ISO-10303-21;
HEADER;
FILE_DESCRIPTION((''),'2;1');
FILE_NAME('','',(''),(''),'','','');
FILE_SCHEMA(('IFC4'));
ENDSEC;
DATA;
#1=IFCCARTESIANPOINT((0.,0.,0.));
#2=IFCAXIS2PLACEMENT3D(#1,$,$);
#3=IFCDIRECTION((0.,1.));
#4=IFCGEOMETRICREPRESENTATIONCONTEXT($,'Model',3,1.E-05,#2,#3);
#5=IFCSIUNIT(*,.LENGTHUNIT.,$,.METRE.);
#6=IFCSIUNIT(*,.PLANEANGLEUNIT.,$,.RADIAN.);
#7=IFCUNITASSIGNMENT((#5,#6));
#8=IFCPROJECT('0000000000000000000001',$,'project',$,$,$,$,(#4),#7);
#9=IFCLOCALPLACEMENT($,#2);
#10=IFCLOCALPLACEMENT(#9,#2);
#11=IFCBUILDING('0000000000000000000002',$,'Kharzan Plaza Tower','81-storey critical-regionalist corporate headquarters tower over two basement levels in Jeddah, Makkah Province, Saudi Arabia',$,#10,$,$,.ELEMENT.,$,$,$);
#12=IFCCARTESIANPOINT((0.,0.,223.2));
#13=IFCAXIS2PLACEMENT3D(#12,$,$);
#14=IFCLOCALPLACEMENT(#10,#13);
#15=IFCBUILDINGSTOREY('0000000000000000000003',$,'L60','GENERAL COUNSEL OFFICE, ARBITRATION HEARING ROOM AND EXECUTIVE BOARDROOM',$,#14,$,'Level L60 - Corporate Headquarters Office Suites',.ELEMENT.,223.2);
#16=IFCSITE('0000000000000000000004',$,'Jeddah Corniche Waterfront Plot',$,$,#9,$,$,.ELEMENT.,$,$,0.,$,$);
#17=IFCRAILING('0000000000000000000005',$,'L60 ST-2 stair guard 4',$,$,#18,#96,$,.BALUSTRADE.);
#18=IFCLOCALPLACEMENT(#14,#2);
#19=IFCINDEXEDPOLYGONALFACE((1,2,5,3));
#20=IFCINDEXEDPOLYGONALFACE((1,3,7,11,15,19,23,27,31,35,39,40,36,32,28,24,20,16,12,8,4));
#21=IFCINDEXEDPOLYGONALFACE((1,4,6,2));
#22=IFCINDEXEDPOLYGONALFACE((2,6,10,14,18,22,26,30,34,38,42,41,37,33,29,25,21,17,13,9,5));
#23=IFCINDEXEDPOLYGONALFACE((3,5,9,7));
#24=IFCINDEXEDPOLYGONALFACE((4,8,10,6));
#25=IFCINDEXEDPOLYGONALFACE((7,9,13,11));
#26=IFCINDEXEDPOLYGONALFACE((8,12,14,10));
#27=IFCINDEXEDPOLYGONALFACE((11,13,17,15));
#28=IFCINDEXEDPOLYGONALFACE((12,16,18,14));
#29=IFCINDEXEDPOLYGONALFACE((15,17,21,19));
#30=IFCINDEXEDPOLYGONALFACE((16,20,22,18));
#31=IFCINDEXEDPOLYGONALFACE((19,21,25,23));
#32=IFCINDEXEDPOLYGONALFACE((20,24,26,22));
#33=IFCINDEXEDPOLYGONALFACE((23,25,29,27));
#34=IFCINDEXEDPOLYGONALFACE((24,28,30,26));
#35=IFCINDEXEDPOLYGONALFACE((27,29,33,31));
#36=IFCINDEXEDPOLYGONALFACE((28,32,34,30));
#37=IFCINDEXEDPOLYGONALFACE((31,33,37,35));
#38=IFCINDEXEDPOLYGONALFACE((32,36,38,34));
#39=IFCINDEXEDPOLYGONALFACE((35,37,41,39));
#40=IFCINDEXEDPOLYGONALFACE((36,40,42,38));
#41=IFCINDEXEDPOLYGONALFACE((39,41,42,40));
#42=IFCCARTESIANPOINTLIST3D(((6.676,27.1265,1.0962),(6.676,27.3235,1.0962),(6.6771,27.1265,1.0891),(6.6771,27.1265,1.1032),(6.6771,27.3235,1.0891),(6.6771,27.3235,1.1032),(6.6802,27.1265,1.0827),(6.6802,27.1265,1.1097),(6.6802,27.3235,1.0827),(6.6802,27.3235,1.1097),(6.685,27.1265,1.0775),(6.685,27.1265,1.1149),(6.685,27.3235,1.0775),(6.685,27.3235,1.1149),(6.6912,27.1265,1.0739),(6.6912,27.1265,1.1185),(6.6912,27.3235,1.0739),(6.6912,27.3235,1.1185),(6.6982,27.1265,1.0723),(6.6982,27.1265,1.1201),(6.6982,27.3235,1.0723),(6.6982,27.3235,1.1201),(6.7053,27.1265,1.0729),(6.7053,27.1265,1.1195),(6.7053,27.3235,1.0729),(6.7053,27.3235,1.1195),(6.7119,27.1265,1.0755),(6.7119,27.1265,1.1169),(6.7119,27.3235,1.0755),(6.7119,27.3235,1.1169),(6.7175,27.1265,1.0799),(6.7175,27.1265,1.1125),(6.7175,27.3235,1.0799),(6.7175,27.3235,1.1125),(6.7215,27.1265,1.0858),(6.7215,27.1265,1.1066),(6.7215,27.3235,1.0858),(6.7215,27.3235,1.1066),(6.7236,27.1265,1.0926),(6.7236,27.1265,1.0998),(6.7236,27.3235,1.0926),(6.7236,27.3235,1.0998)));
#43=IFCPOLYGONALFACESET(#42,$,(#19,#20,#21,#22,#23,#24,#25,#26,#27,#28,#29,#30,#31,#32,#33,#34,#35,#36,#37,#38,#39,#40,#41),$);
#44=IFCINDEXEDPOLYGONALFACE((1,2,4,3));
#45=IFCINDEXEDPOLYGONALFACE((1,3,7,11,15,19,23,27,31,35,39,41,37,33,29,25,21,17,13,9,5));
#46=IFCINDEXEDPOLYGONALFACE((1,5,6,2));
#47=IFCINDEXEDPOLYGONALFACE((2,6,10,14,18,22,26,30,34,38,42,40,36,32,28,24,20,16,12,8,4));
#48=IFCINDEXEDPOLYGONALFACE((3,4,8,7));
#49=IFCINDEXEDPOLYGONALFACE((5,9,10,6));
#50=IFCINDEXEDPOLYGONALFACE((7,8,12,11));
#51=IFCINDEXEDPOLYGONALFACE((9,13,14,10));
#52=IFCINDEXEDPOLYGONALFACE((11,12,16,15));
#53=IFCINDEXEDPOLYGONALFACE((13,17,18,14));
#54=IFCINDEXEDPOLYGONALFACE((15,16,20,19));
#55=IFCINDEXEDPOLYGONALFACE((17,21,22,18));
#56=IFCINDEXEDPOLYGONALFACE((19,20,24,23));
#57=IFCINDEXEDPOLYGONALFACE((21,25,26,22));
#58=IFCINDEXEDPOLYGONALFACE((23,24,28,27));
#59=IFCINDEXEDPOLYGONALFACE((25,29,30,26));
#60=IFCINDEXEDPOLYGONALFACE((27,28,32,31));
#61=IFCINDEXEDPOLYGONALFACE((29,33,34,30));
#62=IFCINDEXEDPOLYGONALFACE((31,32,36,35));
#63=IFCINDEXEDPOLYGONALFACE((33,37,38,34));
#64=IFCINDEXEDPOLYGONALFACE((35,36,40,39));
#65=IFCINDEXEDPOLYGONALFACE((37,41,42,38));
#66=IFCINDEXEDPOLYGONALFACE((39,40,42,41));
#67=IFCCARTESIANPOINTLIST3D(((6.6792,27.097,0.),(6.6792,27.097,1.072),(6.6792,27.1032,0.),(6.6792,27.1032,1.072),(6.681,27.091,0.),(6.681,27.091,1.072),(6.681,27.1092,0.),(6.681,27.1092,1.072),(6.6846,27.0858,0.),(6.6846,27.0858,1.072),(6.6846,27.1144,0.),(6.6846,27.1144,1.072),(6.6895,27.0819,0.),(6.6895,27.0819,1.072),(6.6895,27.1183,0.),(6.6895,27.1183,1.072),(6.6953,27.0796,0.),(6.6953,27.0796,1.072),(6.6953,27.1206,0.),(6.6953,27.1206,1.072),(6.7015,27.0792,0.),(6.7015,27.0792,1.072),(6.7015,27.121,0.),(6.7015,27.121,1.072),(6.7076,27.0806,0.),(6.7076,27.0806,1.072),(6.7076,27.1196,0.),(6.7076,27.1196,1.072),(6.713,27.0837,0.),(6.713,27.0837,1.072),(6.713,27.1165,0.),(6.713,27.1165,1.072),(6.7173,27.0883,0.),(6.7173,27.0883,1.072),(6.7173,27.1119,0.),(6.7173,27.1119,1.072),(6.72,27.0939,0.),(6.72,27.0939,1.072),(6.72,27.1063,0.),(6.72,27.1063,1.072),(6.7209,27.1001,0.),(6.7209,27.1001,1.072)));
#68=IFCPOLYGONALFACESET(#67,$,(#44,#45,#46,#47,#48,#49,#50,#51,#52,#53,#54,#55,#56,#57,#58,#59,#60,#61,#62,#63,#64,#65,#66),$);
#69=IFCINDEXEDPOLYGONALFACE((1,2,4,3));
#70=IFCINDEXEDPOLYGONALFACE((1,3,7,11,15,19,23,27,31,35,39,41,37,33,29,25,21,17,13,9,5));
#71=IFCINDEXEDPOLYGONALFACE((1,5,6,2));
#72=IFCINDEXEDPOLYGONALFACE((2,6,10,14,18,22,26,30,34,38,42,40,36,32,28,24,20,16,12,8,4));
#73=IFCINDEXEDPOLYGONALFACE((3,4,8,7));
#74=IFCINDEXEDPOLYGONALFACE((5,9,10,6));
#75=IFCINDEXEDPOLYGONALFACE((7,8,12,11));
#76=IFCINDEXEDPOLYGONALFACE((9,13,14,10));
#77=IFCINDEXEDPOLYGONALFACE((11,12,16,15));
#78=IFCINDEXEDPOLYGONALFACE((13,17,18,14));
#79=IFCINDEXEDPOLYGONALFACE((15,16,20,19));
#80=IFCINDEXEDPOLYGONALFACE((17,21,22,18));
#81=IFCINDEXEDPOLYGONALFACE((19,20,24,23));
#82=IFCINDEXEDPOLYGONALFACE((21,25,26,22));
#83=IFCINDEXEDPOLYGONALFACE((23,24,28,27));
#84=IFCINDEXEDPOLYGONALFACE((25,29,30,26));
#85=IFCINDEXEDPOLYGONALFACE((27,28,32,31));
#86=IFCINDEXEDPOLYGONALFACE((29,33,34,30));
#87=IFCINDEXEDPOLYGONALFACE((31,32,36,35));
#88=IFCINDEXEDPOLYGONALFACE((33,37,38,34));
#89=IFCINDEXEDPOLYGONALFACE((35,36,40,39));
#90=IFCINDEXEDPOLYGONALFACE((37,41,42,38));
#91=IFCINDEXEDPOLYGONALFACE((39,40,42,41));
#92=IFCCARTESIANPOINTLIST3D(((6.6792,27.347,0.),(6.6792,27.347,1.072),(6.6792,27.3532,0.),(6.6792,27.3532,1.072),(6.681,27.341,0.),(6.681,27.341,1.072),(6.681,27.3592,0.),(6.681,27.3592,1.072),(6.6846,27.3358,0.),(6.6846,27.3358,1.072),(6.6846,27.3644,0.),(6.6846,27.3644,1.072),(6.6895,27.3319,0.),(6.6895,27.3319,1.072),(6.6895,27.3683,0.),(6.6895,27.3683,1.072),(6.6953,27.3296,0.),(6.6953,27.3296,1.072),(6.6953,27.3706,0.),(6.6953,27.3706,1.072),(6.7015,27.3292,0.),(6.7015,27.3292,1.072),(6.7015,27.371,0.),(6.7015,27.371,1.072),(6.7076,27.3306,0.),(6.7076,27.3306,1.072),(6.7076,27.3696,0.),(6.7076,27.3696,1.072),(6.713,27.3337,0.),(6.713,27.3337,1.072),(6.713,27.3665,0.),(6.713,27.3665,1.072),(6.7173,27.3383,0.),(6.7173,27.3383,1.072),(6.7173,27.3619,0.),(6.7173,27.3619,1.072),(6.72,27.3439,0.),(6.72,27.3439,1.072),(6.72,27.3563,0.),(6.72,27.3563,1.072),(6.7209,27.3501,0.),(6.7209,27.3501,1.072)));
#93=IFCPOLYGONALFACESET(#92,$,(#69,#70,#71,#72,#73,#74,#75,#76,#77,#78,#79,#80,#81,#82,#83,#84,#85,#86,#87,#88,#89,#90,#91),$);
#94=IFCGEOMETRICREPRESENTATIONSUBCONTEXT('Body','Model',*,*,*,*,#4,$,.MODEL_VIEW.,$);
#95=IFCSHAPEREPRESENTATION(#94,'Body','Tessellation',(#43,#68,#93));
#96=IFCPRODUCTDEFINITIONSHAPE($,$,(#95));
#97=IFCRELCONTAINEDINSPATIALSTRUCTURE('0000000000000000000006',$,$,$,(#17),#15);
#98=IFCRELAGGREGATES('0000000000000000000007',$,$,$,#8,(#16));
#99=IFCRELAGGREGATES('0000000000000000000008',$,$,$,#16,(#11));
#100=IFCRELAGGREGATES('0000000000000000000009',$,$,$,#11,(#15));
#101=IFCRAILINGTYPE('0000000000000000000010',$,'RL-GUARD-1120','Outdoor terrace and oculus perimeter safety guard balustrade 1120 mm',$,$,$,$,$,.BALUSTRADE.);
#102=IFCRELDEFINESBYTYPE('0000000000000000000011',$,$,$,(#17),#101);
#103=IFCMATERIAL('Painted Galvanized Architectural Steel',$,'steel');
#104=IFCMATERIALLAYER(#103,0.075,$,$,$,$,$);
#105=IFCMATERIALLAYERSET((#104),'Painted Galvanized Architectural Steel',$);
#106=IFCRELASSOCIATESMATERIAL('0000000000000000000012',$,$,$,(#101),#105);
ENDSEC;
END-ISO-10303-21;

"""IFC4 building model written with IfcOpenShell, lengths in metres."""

from ifc_helpers import new_model, si_unit, direction, frame, origin, origin_2d, place, context, subcontext, project, spatial, circle, extrude, source, transform, mapped, material, layer, layer_set, type_object, element, save


model = new_model("IFC4")

# Units and contexts
model_context = context("Model", 3, precision=1e-05, world=origin(), true_north=direction((0.0, 1.0)))
body_context = subcontext(model_context, "Body", "Model", "MODEL_VIEW")
ifc_project = project(units=[si_unit("LENGTHUNIT", "METRE"), si_unit("PLANEANGLEUNIT", "RADIAN")], contexts=[model_context])

# Site, building, storey
site_placement = place(None, origin())
site = spatial("IfcSite", under=ifc_project, at=site_placement, Name="Jeddah Corniche Waterfront Plot", CompositionType="ELEMENT", RefElevation=0.0)
building_placement = place(site_placement, origin())
building = spatial("IfcBuilding", under=site, at=building_placement, Name="Kharzan Plaza Tower", Description="81-storey critical-regionalist corporate headquarters tower over two basement levels in Jeddah, Makkah Province, Saudi Arabia", CompositionType="ELEMENT")
storey_placement = place(building_placement, frame((0.0, 0.0, 223.2)))
storey = spatial("IfcBuildingStorey", under=building, at=storey_placement, Name="L60", Description="GENERAL COUNSEL OFFICE, ARBITRATION HEARING ROOM AND EXECUTIVE BOARDROOM", LongName="Level L60 - Corporate Headquarters Office Suites", CompositionType="ELEMENT", Elevation=223.2)

# Railing
ifc_material_1 = material(Name="Painted Galvanized Architectural Steel", Category="steel")
ifc_layer_1 = layer(ifc_material_1, 0.075)
ifc_layer_set_1 = layer_set([ifc_layer_1], Name="Painted Galvanized Architectural Steel")
railing_type_1 = type_object("IfcRailingType", Name="RL-GUARD-1120", Description="Outdoor terrace and oculus perimeter safety guard balustrade 1120 mm", PredefinedType="BALUSTRADE", material=ifc_layer_set_1)
shared_shape_1 = source(origin(), body_context, "Body", "SweptSolid", [
    extrude(circle(Radius=0.0239, at=origin_2d()), frame((0.0, 0.0264, 1.0962), z_axis=(0.0, 1.0, 0.0), x_axis=(-1.0, 0.0, 0.0)), (0.0, 0.0, 1.0), 0.197),
    extrude(circle(Radius=0.021, at=origin_2d()), origin(), (0.0, 0.0, 1.0), 1.072),
    extrude(circle(Radius=0.021, at=origin_2d()), frame((0.0, 0.25, 0.0)), (0.0, 0.0, 1.0), 1.072),
])
railing_1_placement = place(storey_placement, frame((6.7, 27.1001, 0.0)))
element("IfcRailing", 1, at=railing_1_placement, inside=storey, type_object=railing_type_1, Name="L60 ST-2 stair guard 4", PredefinedType="BALUSTRADE", context=body_context, shape_type="MappedRepresentation", body=[
    mapped(shared_shape_1, transform((0.0, 0.0, 0.0), x_axis=(1.0, 0.0, 0.0), y_axis=(0.0, 1.0, 0.0), z_axis=(0.0, 0.0, 1.0))),
])

save(model, "model.ifc")
